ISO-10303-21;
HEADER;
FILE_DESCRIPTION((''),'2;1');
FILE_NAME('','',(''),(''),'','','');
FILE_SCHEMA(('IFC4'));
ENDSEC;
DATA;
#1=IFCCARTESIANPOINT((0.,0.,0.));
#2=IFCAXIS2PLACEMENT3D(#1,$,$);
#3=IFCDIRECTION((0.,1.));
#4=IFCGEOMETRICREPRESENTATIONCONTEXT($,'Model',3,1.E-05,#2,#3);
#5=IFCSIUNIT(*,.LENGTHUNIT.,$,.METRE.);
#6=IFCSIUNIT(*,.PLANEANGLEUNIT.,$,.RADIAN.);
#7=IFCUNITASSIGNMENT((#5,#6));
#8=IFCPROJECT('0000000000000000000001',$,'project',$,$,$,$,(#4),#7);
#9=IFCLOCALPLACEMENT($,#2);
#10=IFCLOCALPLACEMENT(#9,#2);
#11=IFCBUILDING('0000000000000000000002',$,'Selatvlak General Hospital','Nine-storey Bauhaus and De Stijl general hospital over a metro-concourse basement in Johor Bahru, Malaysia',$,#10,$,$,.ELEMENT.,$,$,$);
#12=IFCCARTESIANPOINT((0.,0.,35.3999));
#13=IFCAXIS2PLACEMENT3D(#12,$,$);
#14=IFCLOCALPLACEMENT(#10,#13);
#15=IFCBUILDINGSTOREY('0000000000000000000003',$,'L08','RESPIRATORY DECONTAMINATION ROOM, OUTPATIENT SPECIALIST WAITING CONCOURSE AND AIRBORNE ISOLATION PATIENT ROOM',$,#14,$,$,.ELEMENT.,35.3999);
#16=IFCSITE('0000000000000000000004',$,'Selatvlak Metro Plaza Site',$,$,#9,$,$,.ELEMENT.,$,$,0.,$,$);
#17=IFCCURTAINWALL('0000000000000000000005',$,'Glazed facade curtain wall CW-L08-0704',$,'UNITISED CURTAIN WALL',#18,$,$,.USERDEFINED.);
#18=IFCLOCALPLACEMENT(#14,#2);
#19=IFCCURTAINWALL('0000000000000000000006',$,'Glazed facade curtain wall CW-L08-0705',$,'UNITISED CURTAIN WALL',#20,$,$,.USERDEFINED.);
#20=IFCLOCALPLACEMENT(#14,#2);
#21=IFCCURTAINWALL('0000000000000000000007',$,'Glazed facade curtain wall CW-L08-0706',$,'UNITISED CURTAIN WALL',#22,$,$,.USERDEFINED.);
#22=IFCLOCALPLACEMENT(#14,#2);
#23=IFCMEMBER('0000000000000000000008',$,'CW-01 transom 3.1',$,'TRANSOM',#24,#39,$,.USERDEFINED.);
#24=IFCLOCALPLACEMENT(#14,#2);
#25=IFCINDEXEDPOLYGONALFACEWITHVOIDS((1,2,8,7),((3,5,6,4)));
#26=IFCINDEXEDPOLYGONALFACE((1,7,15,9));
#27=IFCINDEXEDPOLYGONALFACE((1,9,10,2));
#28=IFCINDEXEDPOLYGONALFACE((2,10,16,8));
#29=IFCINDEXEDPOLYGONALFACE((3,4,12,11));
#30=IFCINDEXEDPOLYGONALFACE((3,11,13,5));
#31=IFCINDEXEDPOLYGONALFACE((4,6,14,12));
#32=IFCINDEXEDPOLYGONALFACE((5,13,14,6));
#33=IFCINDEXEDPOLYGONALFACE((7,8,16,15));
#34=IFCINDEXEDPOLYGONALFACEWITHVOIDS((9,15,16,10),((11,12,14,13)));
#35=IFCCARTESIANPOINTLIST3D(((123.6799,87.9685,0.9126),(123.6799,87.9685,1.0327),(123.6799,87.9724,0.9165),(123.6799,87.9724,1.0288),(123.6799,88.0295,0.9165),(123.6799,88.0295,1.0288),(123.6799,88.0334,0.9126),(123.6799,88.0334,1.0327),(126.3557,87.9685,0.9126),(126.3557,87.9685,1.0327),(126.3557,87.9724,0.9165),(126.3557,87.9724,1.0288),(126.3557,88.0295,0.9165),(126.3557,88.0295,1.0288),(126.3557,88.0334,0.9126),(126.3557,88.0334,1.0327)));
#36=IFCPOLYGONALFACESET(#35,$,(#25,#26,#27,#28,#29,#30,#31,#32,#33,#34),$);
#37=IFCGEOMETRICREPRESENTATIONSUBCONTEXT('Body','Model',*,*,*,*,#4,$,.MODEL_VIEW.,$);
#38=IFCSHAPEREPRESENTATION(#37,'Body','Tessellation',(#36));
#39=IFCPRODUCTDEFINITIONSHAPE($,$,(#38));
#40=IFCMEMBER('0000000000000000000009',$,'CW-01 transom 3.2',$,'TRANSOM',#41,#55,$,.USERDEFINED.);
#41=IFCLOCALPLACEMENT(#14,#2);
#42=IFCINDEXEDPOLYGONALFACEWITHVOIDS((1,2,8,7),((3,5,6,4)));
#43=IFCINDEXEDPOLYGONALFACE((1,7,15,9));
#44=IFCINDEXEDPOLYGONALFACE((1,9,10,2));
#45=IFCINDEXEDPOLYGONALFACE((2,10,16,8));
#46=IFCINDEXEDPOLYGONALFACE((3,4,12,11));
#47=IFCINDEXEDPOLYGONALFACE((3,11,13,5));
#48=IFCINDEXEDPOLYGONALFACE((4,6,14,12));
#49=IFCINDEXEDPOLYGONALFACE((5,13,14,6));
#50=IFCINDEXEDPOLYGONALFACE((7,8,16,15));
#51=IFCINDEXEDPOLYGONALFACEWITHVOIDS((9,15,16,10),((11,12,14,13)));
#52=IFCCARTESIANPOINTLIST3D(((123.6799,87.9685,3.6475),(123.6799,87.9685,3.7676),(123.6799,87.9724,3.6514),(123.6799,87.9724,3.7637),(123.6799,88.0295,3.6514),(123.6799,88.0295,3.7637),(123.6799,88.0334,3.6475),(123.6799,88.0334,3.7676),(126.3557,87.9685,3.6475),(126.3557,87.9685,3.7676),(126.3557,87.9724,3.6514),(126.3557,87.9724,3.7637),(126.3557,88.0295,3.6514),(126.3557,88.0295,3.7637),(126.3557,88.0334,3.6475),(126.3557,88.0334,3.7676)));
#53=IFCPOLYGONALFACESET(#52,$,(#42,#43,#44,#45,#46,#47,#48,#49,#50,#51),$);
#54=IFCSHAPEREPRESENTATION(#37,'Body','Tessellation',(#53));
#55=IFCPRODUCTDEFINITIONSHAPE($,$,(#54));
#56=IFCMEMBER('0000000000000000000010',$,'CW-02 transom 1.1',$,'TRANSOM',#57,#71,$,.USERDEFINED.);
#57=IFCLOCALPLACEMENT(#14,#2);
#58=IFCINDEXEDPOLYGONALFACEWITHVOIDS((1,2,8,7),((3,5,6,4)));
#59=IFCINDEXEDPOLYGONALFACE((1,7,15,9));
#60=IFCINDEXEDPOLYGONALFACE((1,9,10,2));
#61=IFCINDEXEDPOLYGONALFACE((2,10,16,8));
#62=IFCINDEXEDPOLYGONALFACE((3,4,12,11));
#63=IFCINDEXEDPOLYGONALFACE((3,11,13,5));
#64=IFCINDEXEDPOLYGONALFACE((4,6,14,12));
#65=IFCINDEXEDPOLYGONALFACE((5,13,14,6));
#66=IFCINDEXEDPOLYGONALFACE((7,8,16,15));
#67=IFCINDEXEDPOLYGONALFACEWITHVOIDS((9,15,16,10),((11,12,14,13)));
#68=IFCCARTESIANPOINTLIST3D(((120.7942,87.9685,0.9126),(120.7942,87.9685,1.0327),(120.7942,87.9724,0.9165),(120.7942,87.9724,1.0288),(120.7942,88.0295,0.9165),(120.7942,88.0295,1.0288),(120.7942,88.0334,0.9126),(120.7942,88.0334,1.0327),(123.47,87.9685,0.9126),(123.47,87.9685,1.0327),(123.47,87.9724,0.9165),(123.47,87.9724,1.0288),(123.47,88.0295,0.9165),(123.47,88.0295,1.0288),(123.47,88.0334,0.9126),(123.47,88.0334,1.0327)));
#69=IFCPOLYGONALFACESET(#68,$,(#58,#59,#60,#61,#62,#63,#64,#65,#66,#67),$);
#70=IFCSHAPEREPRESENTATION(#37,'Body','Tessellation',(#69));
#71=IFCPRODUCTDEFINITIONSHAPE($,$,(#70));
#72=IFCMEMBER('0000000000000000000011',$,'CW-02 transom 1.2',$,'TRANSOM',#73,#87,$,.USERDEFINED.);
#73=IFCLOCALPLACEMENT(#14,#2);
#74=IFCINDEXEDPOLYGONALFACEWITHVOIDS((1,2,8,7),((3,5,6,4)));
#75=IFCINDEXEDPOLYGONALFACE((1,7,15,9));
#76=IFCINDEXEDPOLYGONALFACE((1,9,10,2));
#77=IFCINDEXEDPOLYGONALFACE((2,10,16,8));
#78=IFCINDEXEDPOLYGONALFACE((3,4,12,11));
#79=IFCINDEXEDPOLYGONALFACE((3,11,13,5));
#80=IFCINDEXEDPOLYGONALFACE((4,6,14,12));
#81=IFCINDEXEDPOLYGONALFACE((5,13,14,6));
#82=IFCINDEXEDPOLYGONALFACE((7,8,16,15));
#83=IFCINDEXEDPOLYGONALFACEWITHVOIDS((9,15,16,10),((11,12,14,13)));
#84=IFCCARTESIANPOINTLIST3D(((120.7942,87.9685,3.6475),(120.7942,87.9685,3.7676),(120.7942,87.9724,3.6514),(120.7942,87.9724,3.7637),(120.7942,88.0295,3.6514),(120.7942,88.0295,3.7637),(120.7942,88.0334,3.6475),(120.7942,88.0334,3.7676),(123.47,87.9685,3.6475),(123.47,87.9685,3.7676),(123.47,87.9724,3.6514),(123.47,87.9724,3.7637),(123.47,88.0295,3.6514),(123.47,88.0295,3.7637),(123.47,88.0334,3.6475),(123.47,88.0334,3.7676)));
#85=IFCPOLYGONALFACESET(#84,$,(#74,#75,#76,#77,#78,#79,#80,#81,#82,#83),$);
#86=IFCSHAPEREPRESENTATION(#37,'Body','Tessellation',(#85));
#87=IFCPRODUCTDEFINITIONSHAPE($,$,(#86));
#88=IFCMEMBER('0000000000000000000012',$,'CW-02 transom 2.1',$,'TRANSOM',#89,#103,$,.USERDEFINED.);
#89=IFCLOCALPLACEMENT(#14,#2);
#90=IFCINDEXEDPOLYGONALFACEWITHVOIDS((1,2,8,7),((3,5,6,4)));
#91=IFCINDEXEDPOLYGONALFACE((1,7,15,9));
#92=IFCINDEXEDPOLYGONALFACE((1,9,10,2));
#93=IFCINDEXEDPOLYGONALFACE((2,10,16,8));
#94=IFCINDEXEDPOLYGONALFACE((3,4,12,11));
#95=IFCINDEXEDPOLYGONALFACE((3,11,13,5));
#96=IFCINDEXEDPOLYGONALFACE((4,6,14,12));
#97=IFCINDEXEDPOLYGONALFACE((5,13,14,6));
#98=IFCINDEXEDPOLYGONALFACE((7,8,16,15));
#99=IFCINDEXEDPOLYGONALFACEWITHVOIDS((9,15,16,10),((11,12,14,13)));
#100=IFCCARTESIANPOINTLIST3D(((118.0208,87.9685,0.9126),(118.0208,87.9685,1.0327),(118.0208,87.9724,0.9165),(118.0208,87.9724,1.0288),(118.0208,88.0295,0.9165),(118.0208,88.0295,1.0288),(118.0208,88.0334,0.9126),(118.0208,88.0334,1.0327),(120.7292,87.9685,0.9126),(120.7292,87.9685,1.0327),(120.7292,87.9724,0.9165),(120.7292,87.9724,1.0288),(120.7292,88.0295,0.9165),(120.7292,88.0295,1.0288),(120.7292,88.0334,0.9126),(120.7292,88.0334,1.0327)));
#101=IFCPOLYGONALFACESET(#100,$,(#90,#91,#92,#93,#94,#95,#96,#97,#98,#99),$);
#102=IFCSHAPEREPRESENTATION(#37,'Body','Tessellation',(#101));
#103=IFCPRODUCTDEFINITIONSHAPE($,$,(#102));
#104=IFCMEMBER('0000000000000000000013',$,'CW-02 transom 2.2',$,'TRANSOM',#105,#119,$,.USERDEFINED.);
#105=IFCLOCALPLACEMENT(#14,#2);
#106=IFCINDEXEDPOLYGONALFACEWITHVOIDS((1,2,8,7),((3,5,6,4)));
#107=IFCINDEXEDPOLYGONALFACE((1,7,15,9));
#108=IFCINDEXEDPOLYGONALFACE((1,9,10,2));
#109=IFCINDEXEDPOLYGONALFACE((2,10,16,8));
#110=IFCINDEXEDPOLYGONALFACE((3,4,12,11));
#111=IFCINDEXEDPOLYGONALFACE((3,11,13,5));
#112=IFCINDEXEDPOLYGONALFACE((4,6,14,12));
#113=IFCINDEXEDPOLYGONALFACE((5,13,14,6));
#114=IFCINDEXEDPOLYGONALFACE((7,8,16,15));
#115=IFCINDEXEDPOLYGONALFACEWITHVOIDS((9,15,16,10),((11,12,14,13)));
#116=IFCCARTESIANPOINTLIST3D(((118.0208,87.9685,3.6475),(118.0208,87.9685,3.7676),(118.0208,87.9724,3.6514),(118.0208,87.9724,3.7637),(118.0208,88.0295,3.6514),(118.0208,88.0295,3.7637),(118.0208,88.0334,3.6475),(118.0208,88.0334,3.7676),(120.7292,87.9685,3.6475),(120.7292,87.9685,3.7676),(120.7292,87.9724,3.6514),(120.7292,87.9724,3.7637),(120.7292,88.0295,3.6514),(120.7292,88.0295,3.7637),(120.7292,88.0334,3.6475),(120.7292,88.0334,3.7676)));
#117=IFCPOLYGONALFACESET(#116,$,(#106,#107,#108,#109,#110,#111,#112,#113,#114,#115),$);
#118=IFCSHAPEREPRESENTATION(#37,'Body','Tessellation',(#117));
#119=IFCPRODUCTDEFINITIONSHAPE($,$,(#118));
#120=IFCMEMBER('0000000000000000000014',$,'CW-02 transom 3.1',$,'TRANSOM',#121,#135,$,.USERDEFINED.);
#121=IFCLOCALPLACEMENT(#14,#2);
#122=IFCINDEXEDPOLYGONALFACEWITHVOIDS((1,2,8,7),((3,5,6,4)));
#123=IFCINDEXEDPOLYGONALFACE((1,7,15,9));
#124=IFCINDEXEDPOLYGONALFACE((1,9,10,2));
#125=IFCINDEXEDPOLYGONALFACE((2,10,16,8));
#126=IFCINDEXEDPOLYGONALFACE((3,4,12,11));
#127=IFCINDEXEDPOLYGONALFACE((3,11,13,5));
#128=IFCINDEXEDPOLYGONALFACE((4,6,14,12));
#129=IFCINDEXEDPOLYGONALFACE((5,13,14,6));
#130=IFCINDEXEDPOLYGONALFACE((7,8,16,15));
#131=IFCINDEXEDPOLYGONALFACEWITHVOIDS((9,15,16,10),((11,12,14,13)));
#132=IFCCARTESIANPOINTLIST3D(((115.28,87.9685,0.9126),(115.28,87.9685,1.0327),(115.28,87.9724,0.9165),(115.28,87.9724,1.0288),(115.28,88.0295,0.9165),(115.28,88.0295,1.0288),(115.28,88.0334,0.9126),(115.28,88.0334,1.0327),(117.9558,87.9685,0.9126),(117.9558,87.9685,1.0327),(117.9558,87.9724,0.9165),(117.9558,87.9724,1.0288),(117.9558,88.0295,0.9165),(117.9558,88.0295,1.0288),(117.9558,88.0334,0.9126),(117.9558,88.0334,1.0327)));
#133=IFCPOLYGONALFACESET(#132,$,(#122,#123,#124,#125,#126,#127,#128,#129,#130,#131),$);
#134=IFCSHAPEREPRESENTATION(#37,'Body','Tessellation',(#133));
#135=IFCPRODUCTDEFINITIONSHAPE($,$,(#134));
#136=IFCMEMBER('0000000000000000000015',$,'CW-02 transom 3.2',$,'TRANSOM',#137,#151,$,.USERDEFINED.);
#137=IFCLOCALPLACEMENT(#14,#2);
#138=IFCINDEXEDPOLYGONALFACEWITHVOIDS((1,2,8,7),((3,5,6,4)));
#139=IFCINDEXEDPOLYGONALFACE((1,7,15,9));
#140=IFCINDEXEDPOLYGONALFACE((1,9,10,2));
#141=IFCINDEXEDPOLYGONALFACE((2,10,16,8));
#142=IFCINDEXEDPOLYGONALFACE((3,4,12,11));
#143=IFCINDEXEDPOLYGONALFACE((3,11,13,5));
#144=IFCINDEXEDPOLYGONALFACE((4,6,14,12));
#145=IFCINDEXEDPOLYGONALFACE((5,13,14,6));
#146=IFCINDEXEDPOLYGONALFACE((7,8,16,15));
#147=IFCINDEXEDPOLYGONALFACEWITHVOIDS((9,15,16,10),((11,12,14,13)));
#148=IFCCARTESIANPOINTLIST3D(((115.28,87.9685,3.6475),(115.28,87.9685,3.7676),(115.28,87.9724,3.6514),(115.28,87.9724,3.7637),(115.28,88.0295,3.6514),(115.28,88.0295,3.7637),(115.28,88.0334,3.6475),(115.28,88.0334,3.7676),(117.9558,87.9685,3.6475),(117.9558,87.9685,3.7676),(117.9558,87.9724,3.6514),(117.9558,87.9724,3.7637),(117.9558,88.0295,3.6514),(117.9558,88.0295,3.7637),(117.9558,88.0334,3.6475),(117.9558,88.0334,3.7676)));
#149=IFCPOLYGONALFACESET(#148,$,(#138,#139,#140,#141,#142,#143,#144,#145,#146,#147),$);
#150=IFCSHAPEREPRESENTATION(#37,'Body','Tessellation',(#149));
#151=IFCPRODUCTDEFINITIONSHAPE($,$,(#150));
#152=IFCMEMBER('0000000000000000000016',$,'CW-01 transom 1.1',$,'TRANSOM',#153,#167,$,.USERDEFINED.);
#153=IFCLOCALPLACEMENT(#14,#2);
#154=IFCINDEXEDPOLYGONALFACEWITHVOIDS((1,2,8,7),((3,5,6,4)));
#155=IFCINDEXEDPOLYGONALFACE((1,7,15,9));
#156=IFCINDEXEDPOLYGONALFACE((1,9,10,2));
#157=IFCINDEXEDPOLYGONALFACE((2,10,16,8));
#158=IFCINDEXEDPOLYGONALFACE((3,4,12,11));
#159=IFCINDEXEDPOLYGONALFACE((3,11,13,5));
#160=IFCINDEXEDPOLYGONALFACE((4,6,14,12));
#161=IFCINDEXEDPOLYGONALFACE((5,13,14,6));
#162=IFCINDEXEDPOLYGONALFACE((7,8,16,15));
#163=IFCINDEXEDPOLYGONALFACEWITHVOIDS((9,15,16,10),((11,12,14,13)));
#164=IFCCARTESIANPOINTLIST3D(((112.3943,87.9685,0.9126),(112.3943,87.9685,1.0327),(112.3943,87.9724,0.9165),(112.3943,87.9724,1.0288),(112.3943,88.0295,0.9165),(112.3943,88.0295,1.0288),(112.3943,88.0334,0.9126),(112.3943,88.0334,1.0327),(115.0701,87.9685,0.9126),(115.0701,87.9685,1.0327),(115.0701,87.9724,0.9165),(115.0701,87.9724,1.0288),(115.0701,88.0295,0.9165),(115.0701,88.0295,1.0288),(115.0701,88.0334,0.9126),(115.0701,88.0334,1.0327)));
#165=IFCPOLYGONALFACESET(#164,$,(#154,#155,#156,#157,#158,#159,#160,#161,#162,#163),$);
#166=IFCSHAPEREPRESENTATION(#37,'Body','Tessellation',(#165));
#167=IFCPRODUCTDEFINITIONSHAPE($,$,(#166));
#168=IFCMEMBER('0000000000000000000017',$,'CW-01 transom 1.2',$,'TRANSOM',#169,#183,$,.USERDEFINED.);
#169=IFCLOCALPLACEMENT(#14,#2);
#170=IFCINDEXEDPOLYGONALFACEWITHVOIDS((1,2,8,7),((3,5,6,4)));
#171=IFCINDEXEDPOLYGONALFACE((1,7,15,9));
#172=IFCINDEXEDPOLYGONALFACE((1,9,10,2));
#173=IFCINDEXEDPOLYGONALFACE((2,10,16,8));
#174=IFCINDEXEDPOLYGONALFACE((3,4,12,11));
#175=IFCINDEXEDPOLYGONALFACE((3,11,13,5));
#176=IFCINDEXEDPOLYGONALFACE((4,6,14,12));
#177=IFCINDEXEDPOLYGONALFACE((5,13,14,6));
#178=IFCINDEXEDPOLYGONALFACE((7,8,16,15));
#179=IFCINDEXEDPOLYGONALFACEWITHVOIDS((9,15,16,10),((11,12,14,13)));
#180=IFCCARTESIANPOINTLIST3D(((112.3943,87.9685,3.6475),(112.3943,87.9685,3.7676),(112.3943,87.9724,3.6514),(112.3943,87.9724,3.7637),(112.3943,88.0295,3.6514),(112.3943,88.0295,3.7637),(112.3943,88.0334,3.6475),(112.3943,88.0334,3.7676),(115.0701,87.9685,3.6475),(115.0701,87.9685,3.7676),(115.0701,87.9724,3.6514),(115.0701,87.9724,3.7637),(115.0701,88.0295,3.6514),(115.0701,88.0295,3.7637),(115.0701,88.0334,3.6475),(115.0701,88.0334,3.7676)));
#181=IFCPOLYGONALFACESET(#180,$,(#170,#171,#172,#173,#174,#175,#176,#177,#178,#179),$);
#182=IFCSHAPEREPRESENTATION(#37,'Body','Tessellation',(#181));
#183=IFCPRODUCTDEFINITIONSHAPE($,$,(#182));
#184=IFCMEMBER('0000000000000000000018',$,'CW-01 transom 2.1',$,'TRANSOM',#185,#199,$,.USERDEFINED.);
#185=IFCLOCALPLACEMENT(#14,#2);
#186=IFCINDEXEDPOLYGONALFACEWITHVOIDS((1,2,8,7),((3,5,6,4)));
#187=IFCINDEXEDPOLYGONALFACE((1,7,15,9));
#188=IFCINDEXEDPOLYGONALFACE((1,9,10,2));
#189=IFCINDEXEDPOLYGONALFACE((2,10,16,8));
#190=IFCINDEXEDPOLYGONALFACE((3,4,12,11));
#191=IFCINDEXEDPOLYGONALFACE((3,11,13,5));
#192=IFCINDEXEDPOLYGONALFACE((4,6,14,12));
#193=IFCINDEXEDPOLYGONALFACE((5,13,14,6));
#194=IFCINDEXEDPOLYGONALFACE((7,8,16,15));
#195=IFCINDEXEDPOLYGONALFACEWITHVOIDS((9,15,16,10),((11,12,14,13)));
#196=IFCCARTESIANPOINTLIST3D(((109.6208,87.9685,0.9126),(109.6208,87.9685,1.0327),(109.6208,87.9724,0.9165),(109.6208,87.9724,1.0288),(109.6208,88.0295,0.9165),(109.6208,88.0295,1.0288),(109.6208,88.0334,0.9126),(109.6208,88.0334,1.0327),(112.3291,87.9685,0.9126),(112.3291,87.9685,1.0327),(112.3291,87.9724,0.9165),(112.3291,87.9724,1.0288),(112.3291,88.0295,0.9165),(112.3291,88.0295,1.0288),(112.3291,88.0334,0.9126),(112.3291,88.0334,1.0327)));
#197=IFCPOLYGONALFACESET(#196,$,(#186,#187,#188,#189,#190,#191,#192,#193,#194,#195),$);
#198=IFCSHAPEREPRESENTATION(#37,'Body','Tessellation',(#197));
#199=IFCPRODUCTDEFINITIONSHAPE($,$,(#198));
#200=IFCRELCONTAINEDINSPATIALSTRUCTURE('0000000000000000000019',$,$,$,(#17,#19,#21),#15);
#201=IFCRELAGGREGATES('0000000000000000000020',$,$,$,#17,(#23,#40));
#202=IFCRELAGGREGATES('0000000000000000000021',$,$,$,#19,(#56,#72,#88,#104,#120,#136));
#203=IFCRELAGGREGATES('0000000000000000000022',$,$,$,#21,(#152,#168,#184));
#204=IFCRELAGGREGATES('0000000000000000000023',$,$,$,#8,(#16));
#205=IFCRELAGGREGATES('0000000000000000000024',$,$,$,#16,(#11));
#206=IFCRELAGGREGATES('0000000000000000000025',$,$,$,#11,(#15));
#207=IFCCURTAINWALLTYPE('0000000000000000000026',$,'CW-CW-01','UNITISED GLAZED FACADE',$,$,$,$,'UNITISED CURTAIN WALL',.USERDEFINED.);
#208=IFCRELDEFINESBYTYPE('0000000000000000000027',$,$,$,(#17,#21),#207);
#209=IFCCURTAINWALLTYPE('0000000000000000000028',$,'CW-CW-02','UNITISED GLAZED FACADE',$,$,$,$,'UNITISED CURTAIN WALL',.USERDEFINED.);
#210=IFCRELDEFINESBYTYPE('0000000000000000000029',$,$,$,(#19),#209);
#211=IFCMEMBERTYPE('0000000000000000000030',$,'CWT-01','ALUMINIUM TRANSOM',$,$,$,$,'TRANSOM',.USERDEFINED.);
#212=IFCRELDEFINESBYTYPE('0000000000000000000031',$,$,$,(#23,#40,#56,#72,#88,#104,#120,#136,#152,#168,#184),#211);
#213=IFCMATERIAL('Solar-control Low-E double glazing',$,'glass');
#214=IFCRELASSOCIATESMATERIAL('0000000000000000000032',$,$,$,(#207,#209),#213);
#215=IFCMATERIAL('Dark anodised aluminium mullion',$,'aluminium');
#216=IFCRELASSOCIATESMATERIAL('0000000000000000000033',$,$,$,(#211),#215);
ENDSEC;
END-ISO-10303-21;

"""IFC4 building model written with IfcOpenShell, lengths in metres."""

from ifc_helpers import new_model, si_unit, direction, frame, origin, origin_2d, place, context, subcontext, project, spatial, hollow_rectangle, extrude, material, material_profile, profile_set, type_object, element, aggregate, save


model = new_model("IFC4")

# Units and contexts
model_context = context("Model", 3, precision=1e-05, world=origin(), true_north=direction((0.0, 1.0)))
body_context = subcontext(model_context, "Body", "Model", "MODEL_VIEW")
ifc_project = project(units=[si_unit("LENGTHUNIT", "METRE"), si_unit("PLANEANGLEUNIT", "RADIAN")], contexts=[model_context])

# Site, building, storey
site_placement = place(None, origin())
site = spatial("IfcSite", under=ifc_project, at=site_placement, Name="Selatvlak Metro Plaza Site", CompositionType="ELEMENT", RefElevation=0.0)
building_placement = place(site_placement, origin())
building = spatial("IfcBuilding", under=site, at=building_placement, Name="Selatvlak General Hospital", Description="Nine-storey Bauhaus and De Stijl general hospital over a metro-concourse basement in Johor Bahru, Malaysia", CompositionType="ELEMENT")
storey_placement = place(building_placement, frame((0.0, 0.0, 35.3999)))
storey = spatial("IfcBuildingStorey", under=building, at=storey_placement, Name="L08", Description="RESPIRATORY DECONTAMINATION ROOM, OUTPATIENT SPECIALIST WAITING CONCOURSE AND AIRBORNE ISOLATION PATIENT ROOM", CompositionType="ELEMENT", Elevation=35.3999)

# Curtain walls
ifc_material_1 = material(Name="Solar-control Low-E double glazing", Category="glass")
curtain_wall_type_1 = type_object("IfcCurtainWallType", Name="CW-CW-01", Description="UNITISED GLAZED FACADE", ElementType="UNITISED CURTAIN WALL", PredefinedType="USERDEFINED", material=ifc_material_1)
curtain_wall_1_placement = place(storey_placement, origin())
curtain_wall_1 = element("IfcCurtainWall", 1, at=curtain_wall_1_placement, inside=storey, type_object=curtain_wall_type_1, Name="Glazed facade curtain wall CW-L08-0704", ObjectType="UNITISED CURTAIN WALL", PredefinedType="USERDEFINED")
ifc_material_2 = material(Name="Dark anodised aluminium mullion", Category="aluminium")
curtain_wall_type_2 = type_object("IfcCurtainWallType", Name="CW-CW-02", Description="UNITISED GLAZED FACADE", ElementType="UNITISED CURTAIN WALL", PredefinedType="USERDEFINED", material=ifc_material_1)
curtain_wall_2_placement = place(storey_placement, origin())
curtain_wall_2 = element("IfcCurtainWall", 2, at=curtain_wall_2_placement, inside=storey, type_object=curtain_wall_type_2, Name="Glazed facade curtain wall CW-L08-0705", ObjectType="UNITISED CURTAIN WALL", PredefinedType="USERDEFINED")
curtain_wall_3_placement = place(storey_placement, origin())
curtain_wall_3 = element("IfcCurtainWall", 3, at=curtain_wall_3_placement, inside=storey, type_object=curtain_wall_type_1, Name="Glazed facade curtain wall CW-L08-0706", ObjectType="UNITISED CURTAIN WALL", PredefinedType="USERDEFINED")

# Members
ifc_material_profile_1 = material_profile(ifc_material_2, hollow_rectangle(XDim=0.0649, YDim=0.1201, WallThickness=0.0039, at=origin_2d()), Name="AL-TRN 65x120x4")
ifc_profile_set_1 = profile_set([ifc_material_profile_1], Name="Dark anodised aluminium mullion")
member_type_1 = type_object("IfcMemberType", Name="CWT-01", Description="ALUMINIUM TRANSOM", ElementType="TRANSOM", PredefinedType="USERDEFINED", material=ifc_profile_set_1)
member_1_placement = place(storey_placement, frame((126.3557, 88.001, 0.9727), z_axis=(-1.0, 0.0, 0.0), x_axis=(0.0, -1.0, 0.0)))
member_1 = element("IfcMember", 4, at=member_1_placement, type_object=member_type_1, Name="CW-01 transom 3.1", ObjectType="TRANSOM", PredefinedType="USERDEFINED", context=body_context, shape_type="SweptSolid", body=[
    extrude(hollow_rectangle(XDim=0.0649, YDim=0.1201, WallThickness=0.0039, at=origin_2d()), origin(), (0.0, 0.0, 1.0), 2.6758),
])
member_2_placement = place(storey_placement, frame((126.3557, 88.001, 3.7075), z_axis=(-1.0, 0.0, 0.0), x_axis=(0.0, -1.0, 0.0)))
member_2 = element("IfcMember", 5, at=member_2_placement, type_object=member_type_1, Name="CW-01 transom 3.2", ObjectType="TRANSOM", PredefinedType="USERDEFINED", context=body_context, shape_type="SweptSolid", body=[
    extrude(hollow_rectangle(XDim=0.0649, YDim=0.1201, WallThickness=0.0039, at=origin_2d()), origin(), (0.0, 0.0, 1.0), 2.6758),
])
member_3_placement = place(storey_placement, frame((123.47, 88.001, 0.9727), z_axis=(-1.0, 0.0, 0.0), x_axis=(0.0, -1.0, 0.0)))
member_3 = element("IfcMember", 6, at=member_3_placement, type_object=member_type_1, Name="CW-02 transom 1.1", ObjectType="TRANSOM", PredefinedType="USERDEFINED", context=body_context, shape_type="SweptSolid", body=[
    extrude(hollow_rectangle(XDim=0.0649, YDim=0.1201, WallThickness=0.0039, at=origin_2d()), origin(), (0.0, 0.0, 1.0), 2.6758),
])
member_4_placement = place(storey_placement, frame((123.47, 88.001, 3.7075), z_axis=(-1.0, 0.0, 0.0), x_axis=(0.0, -1.0, 0.0)))
member_4 = element("IfcMember", 7, at=member_4_placement, type_object=member_type_1, Name="CW-02 transom 1.2", ObjectType="TRANSOM", PredefinedType="USERDEFINED", context=body_context, shape_type="SweptSolid", body=[
    extrude(hollow_rectangle(XDim=0.0649, YDim=0.1201, WallThickness=0.0039, at=origin_2d()), origin(), (0.0, 0.0, 1.0), 2.6758),
])
member_5_placement = place(storey_placement, frame((120.7292, 88.001, 0.9727), z_axis=(-1.0, 0.0, 0.0), x_axis=(0.0, -1.0, 0.0)))
member_5 = element("IfcMember", 8, at=member_5_placement, type_object=member_type_1, Name="CW-02 transom 2.1", ObjectType="TRANSOM", PredefinedType="USERDEFINED", context=body_context, shape_type="SweptSolid", body=[
    extrude(hollow_rectangle(XDim=0.0649, YDim=0.1201, WallThickness=0.0039, at=origin_2d()), origin(), (0.0, 0.0, 1.0), 2.7085),
])
member_6_placement = place(storey_placement, frame((120.7292, 88.001, 3.7075), z_axis=(-1.0, 0.0, 0.0), x_axis=(0.0, -1.0, 0.0)))
member_6 = element("IfcMember", 9, at=member_6_placement, type_object=member_type_1, Name="CW-02 transom 2.2", ObjectType="TRANSOM", PredefinedType="USERDEFINED", context=body_context, shape_type="SweptSolid", body=[
    extrude(hollow_rectangle(XDim=0.0649, YDim=0.1201, WallThickness=0.0039, at=origin_2d()), origin(), (0.0, 0.0, 1.0), 2.7085),
])
member_7_placement = place(storey_placement, frame((117.9558, 88.001, 0.9727), z_axis=(-1.0, 0.0, 0.0), x_axis=(0.0, -1.0, 0.0)))
member_7 = element("IfcMember", 10, at=member_7_placement, type_object=member_type_1, Name="CW-02 transom 3.1", ObjectType="TRANSOM", PredefinedType="USERDEFINED", context=body_context, shape_type="SweptSolid", body=[
    extrude(hollow_rectangle(XDim=0.0649, YDim=0.1201, WallThickness=0.0039, at=origin_2d()), origin(), (0.0, 0.0, 1.0), 2.6758),
])
member_8_placement = place(storey_placement, frame((117.9558, 88.001, 3.7075), z_axis=(-1.0, 0.0, 0.0), x_axis=(0.0, -1.0, 0.0)))
member_8 = element("IfcMember", 11, at=member_8_placement, type_object=member_type_1, Name="CW-02 transom 3.2", ObjectType="TRANSOM", PredefinedType="USERDEFINED", context=body_context, shape_type="SweptSolid", body=[
    extrude(hollow_rectangle(XDim=0.0649, YDim=0.1201, WallThickness=0.0039, at=origin_2d()), origin(), (0.0, 0.0, 1.0), 2.6758),
])
member_9_placement = place(storey_placement, frame((115.0701, 88.001, 0.9727), z_axis=(-1.0, 0.0, 0.0), x_axis=(0.0, -1.0, 0.0)))
member_9 = element("IfcMember", 12, at=member_9_placement, type_object=member_type_1, Name="CW-01 transom 1.1", ObjectType="TRANSOM", PredefinedType="USERDEFINED", context=body_context, shape_type="SweptSolid", body=[
    extrude(hollow_rectangle(XDim=0.0649, YDim=0.1201, WallThickness=0.0039, at=origin_2d()), origin(), (0.0, 0.0, 1.0), 2.6758),
])
member_10_placement = place(storey_placement, frame((115.0701, 88.001, 3.7075), z_axis=(-1.0, 0.0, 0.0), x_axis=(0.0, -1.0, 0.0)))
member_10 = element("IfcMember", 13, at=member_10_placement, type_object=member_type_1, Name="CW-01 transom 1.2", ObjectType="TRANSOM", PredefinedType="USERDEFINED", context=body_context, shape_type="SweptSolid", body=[
    extrude(hollow_rectangle(XDim=0.0649, YDim=0.1201, WallThickness=0.0039, at=origin_2d()), origin(), (0.0, 0.0, 1.0), 2.6758),
])
member_11_placement = place(storey_placement, frame((112.3291, 88.001, 0.9727), z_axis=(-1.0, 0.0, 0.0), x_axis=(0.0, -1.0, 0.0)))
member_11 = element("IfcMember", 14, at=member_11_placement, type_object=member_type_1, Name="CW-01 transom 2.1", ObjectType="TRANSOM", PredefinedType="USERDEFINED", context=body_context, shape_type="SweptSolid", body=[
    extrude(hollow_rectangle(XDim=0.0649, YDim=0.1201, WallThickness=0.0039, at=origin_2d()), origin(), (0.0, 0.0, 1.0), 2.7083),
])

aggregate(curtain_wall_1, [member_1, member_2])
aggregate(curtain_wall_2, [member_3, member_4, member_5, member_6, member_7, member_8])
aggregate(curtain_wall_3, [member_9, member_10, member_11])

save(model, "model.ifc")
